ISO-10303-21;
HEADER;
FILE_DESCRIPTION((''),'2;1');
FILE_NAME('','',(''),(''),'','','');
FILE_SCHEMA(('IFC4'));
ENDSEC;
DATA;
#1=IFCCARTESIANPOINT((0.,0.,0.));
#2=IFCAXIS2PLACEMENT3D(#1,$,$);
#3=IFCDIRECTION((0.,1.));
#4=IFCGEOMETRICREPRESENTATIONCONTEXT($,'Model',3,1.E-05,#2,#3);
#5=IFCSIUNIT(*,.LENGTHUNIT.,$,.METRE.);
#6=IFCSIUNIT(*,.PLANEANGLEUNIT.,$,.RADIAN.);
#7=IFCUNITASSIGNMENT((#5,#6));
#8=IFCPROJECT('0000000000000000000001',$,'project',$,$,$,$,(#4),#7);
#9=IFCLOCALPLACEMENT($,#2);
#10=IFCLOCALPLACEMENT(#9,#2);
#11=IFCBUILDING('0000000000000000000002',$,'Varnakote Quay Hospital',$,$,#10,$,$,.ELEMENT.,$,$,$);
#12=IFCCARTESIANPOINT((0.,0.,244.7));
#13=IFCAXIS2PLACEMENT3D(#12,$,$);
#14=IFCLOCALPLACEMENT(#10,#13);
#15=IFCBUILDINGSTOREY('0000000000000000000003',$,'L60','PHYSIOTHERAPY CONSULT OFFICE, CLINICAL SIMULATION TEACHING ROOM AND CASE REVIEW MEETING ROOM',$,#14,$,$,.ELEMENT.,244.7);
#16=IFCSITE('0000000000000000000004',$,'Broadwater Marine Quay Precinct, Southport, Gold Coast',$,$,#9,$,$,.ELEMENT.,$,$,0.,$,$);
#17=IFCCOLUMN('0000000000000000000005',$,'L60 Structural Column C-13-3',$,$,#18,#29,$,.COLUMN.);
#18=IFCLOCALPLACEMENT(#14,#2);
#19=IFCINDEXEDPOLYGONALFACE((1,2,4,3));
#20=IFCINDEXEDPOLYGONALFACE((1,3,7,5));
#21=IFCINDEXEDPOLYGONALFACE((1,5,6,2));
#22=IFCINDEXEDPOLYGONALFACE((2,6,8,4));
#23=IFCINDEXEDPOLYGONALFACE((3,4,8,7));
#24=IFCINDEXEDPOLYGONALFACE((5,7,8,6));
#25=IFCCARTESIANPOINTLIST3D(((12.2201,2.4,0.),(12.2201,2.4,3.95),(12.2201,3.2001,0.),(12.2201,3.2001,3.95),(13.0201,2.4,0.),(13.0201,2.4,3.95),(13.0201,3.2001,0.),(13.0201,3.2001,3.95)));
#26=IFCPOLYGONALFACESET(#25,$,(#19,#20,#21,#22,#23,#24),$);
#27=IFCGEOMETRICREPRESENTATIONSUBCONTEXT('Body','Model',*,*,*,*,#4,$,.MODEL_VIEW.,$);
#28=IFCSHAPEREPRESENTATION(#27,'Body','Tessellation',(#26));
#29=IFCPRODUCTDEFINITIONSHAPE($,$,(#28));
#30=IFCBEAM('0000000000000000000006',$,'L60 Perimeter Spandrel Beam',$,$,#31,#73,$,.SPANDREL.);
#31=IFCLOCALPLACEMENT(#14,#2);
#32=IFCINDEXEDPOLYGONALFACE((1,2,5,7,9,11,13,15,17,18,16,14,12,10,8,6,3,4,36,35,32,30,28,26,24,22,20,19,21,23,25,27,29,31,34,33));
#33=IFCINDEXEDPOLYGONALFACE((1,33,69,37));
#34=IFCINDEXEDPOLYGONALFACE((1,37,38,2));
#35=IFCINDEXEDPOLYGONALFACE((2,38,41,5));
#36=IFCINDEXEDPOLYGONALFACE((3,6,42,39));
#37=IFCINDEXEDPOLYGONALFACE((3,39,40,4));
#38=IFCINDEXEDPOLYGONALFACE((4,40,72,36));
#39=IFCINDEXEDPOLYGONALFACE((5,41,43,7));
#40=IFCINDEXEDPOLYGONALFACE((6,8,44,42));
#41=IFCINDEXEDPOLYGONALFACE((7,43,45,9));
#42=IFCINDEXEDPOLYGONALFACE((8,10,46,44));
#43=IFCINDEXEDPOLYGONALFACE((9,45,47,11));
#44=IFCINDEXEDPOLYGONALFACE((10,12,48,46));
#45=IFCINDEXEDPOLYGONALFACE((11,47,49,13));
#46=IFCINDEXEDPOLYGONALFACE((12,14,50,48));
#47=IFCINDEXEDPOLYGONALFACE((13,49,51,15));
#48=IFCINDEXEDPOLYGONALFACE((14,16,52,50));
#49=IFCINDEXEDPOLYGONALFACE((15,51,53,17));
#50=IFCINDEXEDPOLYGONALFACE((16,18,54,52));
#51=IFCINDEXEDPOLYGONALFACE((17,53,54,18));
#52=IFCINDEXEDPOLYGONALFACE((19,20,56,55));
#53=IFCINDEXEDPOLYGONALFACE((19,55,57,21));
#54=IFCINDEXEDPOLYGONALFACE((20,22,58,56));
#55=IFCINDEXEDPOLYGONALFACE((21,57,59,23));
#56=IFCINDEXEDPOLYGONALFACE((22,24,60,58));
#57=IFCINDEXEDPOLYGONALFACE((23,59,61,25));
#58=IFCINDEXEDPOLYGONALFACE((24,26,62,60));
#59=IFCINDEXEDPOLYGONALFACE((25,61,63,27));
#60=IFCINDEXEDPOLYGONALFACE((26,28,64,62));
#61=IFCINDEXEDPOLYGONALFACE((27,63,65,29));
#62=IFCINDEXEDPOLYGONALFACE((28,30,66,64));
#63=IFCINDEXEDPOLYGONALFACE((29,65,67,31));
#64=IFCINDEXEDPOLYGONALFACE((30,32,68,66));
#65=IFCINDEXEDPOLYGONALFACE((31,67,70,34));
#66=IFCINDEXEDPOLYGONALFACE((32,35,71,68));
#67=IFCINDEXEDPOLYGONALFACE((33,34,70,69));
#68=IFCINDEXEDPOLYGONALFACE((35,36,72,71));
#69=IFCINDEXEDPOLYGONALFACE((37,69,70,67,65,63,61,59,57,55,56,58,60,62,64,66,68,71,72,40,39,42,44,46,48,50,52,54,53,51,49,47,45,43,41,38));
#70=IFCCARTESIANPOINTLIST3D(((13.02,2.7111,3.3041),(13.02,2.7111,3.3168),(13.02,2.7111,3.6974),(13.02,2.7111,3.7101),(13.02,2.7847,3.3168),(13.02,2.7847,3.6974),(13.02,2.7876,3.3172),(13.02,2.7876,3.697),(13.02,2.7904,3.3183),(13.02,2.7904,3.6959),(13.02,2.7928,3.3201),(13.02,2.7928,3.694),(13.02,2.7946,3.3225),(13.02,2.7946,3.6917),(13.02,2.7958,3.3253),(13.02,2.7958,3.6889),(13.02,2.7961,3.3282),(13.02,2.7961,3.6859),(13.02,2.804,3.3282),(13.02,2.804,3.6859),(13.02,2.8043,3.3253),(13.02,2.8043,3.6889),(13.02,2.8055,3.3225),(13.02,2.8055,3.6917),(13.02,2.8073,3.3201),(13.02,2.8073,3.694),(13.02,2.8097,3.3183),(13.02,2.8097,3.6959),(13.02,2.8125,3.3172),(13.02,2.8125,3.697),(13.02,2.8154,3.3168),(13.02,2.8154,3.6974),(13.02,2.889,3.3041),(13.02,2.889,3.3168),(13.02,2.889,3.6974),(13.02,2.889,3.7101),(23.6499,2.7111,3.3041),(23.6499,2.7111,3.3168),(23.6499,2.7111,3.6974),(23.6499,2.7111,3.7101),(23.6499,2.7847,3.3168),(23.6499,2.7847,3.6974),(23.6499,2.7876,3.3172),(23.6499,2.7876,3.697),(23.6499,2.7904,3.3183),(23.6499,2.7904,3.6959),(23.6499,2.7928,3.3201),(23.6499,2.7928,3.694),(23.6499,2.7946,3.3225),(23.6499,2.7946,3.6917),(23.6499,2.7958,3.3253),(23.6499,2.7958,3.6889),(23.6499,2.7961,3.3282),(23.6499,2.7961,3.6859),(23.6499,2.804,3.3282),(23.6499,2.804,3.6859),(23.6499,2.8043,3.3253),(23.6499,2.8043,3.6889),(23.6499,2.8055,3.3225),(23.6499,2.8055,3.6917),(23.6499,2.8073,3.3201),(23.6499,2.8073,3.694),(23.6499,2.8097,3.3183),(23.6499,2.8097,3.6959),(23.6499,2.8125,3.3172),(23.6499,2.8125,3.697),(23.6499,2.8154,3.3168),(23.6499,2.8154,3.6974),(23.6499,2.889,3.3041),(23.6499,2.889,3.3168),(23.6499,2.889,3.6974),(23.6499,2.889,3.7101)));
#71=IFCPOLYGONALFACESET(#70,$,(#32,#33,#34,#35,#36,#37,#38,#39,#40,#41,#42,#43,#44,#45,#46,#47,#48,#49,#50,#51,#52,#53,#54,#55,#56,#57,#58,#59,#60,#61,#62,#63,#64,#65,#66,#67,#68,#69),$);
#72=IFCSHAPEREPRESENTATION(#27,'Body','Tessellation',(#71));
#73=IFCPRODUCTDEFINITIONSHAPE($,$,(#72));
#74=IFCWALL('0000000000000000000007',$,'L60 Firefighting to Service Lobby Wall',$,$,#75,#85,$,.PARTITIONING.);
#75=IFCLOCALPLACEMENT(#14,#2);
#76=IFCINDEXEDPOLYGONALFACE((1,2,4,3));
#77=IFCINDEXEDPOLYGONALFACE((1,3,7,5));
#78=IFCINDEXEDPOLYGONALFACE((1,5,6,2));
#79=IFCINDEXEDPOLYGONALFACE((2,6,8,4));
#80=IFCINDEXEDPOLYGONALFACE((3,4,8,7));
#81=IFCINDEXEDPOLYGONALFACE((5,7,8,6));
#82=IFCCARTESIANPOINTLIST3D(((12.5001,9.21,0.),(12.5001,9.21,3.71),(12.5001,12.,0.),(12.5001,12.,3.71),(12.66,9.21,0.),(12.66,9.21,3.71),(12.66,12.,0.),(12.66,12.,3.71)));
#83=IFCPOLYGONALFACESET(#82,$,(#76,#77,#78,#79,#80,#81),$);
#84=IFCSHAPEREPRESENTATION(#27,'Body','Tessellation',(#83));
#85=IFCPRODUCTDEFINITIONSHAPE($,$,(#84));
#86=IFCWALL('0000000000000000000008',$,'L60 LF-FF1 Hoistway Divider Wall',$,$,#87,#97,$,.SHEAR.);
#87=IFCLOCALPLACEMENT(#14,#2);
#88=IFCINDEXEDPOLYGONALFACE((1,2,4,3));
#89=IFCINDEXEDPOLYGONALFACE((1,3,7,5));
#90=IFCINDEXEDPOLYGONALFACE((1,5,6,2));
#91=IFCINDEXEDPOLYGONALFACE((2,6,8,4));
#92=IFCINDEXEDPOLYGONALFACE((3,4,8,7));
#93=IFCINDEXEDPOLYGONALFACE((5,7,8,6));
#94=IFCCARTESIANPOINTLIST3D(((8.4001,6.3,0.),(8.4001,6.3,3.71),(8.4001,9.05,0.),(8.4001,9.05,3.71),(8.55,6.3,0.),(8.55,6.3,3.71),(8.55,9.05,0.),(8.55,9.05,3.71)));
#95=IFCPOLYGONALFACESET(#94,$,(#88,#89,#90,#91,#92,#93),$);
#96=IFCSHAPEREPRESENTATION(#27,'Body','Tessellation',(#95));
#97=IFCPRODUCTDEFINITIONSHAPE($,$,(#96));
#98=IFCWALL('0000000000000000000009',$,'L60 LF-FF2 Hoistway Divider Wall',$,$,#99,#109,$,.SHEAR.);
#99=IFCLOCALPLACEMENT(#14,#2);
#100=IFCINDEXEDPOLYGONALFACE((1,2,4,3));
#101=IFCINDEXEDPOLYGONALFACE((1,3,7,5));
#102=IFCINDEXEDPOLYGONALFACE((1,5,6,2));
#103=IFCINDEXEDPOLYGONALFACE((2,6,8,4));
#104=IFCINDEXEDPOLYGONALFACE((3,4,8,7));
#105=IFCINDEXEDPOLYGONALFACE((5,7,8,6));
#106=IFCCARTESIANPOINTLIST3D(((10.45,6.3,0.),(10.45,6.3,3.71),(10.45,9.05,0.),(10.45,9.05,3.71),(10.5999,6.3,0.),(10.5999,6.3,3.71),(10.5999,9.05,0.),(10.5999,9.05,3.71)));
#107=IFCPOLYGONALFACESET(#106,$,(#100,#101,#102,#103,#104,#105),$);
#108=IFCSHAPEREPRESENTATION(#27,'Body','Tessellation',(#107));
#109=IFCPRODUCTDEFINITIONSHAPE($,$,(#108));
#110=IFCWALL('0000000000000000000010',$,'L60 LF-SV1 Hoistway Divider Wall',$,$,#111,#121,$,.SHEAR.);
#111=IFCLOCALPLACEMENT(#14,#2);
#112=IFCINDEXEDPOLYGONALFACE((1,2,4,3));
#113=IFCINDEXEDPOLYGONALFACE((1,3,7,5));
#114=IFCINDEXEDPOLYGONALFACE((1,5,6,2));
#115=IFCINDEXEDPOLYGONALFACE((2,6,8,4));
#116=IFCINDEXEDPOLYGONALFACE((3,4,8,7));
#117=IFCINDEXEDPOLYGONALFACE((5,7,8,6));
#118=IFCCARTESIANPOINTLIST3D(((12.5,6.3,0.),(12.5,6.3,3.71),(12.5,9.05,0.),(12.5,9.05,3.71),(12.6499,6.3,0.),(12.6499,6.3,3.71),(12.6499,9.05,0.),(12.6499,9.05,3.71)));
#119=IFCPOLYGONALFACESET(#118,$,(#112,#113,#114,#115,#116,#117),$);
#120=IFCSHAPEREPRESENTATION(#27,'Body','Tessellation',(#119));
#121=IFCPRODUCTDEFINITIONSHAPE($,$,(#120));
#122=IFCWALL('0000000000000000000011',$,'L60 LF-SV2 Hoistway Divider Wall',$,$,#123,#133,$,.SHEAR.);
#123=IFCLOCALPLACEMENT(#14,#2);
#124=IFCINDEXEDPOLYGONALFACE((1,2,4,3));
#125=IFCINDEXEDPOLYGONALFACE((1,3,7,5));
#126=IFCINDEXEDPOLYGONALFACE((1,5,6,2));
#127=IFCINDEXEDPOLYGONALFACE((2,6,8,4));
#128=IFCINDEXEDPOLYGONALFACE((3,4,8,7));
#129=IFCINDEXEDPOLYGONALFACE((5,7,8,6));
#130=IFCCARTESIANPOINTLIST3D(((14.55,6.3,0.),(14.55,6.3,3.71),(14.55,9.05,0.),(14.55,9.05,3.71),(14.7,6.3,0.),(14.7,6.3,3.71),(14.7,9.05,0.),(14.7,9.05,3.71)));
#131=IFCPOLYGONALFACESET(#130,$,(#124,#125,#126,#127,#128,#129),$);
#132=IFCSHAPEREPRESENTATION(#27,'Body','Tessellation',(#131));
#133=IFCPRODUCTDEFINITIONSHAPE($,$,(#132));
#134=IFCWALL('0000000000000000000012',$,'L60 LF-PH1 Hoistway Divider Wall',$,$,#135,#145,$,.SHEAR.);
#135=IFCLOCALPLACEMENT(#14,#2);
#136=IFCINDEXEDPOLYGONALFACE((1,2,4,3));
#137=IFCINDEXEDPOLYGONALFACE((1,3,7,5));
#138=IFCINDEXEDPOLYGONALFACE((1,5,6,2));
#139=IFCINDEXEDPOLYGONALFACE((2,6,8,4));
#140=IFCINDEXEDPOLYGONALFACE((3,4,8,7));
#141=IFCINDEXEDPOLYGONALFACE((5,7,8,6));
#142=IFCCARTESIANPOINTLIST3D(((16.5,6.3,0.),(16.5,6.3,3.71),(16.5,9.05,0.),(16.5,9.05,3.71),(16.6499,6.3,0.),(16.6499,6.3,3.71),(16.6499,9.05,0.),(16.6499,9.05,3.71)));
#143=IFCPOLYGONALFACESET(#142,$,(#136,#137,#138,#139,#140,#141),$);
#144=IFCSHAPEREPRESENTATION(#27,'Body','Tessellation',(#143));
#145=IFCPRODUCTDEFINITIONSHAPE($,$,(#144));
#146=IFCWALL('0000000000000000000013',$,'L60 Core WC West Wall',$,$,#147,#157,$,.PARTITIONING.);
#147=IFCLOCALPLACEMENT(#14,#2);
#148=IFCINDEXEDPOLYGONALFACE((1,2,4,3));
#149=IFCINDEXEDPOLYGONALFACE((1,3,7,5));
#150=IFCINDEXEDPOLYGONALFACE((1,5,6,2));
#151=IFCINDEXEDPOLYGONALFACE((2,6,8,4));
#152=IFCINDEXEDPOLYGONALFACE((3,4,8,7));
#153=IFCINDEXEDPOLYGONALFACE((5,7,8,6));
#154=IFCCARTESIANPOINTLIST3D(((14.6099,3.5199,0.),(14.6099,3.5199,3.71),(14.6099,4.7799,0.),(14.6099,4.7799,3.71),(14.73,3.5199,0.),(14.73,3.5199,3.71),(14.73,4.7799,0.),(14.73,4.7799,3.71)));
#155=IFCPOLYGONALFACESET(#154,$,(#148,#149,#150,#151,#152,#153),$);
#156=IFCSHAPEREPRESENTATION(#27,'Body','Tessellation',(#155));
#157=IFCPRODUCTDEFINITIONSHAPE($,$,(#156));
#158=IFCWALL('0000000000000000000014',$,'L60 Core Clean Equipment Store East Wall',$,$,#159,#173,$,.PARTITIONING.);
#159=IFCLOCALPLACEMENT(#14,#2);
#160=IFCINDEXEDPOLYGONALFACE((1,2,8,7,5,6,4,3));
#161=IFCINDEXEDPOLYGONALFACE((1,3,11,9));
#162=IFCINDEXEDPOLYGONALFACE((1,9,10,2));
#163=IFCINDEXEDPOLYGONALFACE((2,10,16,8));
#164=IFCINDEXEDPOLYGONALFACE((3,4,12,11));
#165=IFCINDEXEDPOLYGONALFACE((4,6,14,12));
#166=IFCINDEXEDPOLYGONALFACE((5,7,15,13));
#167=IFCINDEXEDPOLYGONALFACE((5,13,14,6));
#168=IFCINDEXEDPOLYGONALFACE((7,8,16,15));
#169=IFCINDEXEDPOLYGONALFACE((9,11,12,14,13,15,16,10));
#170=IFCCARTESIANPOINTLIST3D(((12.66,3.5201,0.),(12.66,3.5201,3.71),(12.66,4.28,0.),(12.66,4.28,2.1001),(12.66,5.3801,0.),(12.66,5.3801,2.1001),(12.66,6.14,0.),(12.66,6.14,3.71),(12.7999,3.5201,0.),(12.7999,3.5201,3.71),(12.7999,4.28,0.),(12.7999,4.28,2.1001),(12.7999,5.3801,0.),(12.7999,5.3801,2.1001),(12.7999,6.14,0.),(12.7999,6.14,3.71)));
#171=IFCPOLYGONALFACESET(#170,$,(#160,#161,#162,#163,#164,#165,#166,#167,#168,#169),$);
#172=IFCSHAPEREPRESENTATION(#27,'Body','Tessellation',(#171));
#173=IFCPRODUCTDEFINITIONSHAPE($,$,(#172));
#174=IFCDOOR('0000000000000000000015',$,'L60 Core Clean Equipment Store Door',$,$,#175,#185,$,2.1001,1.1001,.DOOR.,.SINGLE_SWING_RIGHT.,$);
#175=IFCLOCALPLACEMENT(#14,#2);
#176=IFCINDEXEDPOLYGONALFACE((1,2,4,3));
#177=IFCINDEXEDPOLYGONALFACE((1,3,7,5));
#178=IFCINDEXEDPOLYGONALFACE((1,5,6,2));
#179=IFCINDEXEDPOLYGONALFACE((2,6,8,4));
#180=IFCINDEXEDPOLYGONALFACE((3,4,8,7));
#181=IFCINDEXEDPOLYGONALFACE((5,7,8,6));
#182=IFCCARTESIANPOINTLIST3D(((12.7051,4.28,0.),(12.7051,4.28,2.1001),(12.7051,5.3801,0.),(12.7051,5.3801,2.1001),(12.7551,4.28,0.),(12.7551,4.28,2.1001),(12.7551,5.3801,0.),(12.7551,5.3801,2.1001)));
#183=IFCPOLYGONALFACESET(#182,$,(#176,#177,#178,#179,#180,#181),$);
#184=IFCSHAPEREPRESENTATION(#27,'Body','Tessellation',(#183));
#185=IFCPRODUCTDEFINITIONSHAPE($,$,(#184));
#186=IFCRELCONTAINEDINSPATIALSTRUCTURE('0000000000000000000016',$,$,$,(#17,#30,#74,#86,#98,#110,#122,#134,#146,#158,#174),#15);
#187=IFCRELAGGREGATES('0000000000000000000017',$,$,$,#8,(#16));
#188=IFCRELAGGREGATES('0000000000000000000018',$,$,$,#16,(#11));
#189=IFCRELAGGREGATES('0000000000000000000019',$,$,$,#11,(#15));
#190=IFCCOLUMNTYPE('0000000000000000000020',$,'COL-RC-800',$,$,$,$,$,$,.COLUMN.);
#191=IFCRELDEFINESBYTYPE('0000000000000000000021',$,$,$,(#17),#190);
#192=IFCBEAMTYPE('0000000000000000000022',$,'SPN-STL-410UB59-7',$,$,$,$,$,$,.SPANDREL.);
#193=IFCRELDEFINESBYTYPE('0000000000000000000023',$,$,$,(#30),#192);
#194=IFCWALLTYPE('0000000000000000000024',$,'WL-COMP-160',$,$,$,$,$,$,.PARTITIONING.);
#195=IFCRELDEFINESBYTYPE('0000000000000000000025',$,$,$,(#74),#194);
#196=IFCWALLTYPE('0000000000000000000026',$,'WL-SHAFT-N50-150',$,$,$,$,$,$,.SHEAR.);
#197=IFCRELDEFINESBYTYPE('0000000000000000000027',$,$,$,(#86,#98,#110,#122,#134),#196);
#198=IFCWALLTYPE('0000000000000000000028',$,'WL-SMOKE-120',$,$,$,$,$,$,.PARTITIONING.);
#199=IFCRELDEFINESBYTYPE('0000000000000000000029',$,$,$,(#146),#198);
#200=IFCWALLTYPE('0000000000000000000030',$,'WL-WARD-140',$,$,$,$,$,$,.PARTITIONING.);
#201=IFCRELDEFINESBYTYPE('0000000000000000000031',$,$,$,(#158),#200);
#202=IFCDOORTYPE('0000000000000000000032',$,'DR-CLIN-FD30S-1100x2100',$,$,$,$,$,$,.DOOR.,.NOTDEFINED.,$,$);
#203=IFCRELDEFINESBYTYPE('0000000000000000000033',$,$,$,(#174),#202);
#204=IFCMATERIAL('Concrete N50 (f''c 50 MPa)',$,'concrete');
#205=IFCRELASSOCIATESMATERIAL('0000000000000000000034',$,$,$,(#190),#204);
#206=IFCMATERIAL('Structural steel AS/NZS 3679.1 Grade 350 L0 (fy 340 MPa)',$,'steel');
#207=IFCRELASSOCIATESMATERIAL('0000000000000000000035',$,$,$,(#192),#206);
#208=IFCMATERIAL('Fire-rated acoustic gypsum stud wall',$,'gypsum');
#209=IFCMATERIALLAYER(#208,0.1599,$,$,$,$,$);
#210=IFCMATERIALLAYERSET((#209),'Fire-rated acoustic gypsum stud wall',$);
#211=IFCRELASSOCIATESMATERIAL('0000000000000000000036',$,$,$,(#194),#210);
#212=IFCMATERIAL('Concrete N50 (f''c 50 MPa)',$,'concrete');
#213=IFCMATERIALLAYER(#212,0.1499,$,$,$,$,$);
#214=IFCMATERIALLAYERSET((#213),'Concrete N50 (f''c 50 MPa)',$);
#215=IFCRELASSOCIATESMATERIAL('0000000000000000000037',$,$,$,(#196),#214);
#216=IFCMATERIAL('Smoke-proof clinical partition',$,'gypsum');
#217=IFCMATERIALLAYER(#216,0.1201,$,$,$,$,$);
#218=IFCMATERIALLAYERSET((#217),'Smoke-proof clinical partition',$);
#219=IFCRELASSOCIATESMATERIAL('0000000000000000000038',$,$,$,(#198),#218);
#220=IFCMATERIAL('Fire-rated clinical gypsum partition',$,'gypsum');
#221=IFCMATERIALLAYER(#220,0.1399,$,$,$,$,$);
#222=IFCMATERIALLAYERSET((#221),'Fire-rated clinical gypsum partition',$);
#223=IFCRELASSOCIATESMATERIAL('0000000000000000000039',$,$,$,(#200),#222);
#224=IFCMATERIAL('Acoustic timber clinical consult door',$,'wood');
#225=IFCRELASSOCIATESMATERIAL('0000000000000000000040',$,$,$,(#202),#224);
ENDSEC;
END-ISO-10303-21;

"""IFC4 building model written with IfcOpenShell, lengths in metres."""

from ifc_helpers import new_model, si_unit, direction, frame, frame_2d, origin, origin_2d, place, context, subcontext, project, spatial, rectangle, i_section, extrude, material, layer, layer_set, material_profile, profile_set, type_object, element, fill, save


model = new_model("IFC4")

# Units and contexts
model_context = context("Model", 3, precision=1e-05, world=origin(), true_north=direction((0.0, 1.0)))
body_context = subcontext(model_context, "Body", "Model", "MODEL_VIEW")
ifc_project = project(units=[si_unit("LENGTHUNIT", "METRE"), si_unit("PLANEANGLEUNIT", "RADIAN")], contexts=[model_context])

# Site, building, storey
site_placement = place(None, origin())
site = spatial("IfcSite", under=ifc_project, at=site_placement, Name="Broadwater Marine Quay Precinct, Southport, Gold Coast", CompositionType="ELEMENT", RefElevation=0.0)
building_placement = place(site_placement, origin())
building = spatial("IfcBuilding", under=site, at=building_placement, Name="Varnakote Quay Hospital", CompositionType="ELEMENT")
storey_placement = place(building_placement, frame((0.0, 0.0, 244.7)))
storey = spatial("IfcBuildingStorey", under=building, at=storey_placement, Name="L60", Description="PHYSIOTHERAPY CONSULT OFFICE, CLINICAL SIMULATION TEACHING ROOM AND CASE REVIEW MEETING ROOM", CompositionType="ELEMENT", Elevation=244.7)

# Column
ifc_material_1 = material(Name="Concrete N50 (f'c 50 MPa)", Category="concrete")
ifc_material_profile_1 = material_profile(ifc_material_1, rectangle(XDim=0.8, YDim=0.8, at=origin_2d()), Name="RC-COL-800x800")
ifc_profile_set_1 = profile_set([ifc_material_profile_1], Name="Concrete N50 (f'c 50 MPa)")
column_type = type_object("IfcColumnType", Name="COL-RC-800", PredefinedType="COLUMN", material=ifc_profile_set_1)
column_placement = place(storey_placement, frame((12.6201, 2.8, 0.0), z_axis=(0.0, 0.0, 1.0), x_axis=(1.0, 0.0, 0.0)))
element("IfcColumn", 1, at=column_placement, inside=storey, type_object=column_type, Name="L60 Structural Column C-13-3", PredefinedType="COLUMN", context=body_context, shape_type="SweptSolid", body=[
    extrude(rectangle(XDim=0.8, YDim=0.8, at=origin_2d()), origin(), (0.0, 0.0, 1.0), 3.95),
])

# Beam
ifc_material_2 = material(Name="Structural steel AS/NZS 3679.1 Grade 350 L0 (fy 340 MPa)", Category="steel")
ifc_material_profile_2 = material_profile(ifc_material_2, i_section(OverallWidth=0.178, OverallDepth=0.406, WebThickness=0.0078, FlangeThickness=0.0127, FilletRadius=0.0115, at=origin_2d()), Name="410UB59.7")
ifc_profile_set_2 = profile_set([ifc_material_profile_2], Name="Structural steel AS/NZS 3679.1 Grade 350 L0 (fy 340 MPa)")
beam_type = type_object("IfcBeamType", Name="SPN-STL-410UB59-7", PredefinedType="SPANDREL", material=ifc_profile_set_2)
beam_placement = place(storey_placement, frame((13.02, 2.8, 3.5071), z_axis=(1.0, 0.0, 0.0), x_axis=(0.0, 1.0, 0.0)))
element("IfcBeam", 2, at=beam_placement, inside=storey, type_object=beam_type, Name="L60 Perimeter Spandrel Beam", PredefinedType="SPANDREL", context=body_context, shape_type="SweptSolid", body=[
    extrude(i_section(OverallWidth=0.178, OverallDepth=0.406, WebThickness=0.0078, FlangeThickness=0.0127, FilletRadius=0.0115, at=origin_2d()), origin(), (0.0, 0.0, 1.0), 10.6299),
])

# Walls
ifc_material_3 = material(Name="Fire-rated acoustic gypsum stud wall", Category="gypsum")
ifc_layer_1 = layer(ifc_material_3, 0.1599)
ifc_layer_set_1 = layer_set([ifc_layer_1], Name="Fire-rated acoustic gypsum stud wall")
wall_type_1 = type_object("IfcWallType", Name="WL-COMP-160", PredefinedType="PARTITIONING", material=ifc_layer_set_1)
wall_1_placement = place(storey_placement, frame((12.5801, 9.21, 0.0), z_axis=(0.0, 0.0, 1.0), x_axis=(0.0, 1.0, 0.0)))
element("IfcWall", 3, at=wall_1_placement, inside=storey, type_object=wall_type_1, Name="L60 Firefighting to Service Lobby Wall", PredefinedType="PARTITIONING", context=body_context, shape_type="SweptSolid", body=[
    extrude(rectangle(XDim=2.79, YDim=0.1599, at=frame_2d((1.395, 0.0))), origin(), (0.0, 0.0, 1.0), 3.71),
])
ifc_material_4 = material(Name="Concrete N50 (f'c 50 MPa)", Category="concrete")
ifc_layer_2 = layer(ifc_material_4, 0.1499)
ifc_layer_set_2 = layer_set([ifc_layer_2], Name="Concrete N50 (f'c 50 MPa)")
wall_type_2 = type_object("IfcWallType", Name="WL-SHAFT-N50-150", PredefinedType="SHEAR", material=ifc_layer_set_2)
for number, where, z_axis, x_axis, name in (
    (4, (8.4751, 6.3, 0.0), (0.0, 0.0, 1.0), (0.0, 1.0, 0.0), "L60 LF-FF1 Hoistway Divider Wall"),
    (5, (10.5249, 6.3, 0.0), (0.0, 0.0, 1.0), (0.0, 1.0, 0.0), "L60 LF-FF2 Hoistway Divider Wall"),
    (6, (12.575, 6.3, 0.0), (0.0, 0.0, 1.0), (0.0, 1.0, 0.0), "L60 LF-SV1 Hoistway Divider Wall"),
    (7, (14.625, 6.3, 0.0), (0.0, 0.0, 1.0), (0.0, 1.0, 0.0), "L60 LF-SV2 Hoistway Divider Wall"),
    (8, (16.575, 6.3, 0.0), (0.0, 0.0, 1.0), (0.0, 1.0, 0.0), "L60 LF-PH1 Hoistway Divider Wall"),
):
    element("IfcWall", number, at=place(storey_placement, frame(where, z_axis=z_axis, x_axis=x_axis)), inside=storey, type_object=wall_type_2, Name=name, PredefinedType="SHEAR", context=body_context, shape_type="SweptSolid", body=[
        extrude(rectangle(XDim=2.75, YDim=0.1499, at=frame_2d((1.375, 0.0))), origin(), (0.0, 0.0, 1.0), 3.71),
    ])

# Wall
ifc_material_5 = material(Name="Smoke-proof clinical partition", Category="gypsum")
ifc_layer_3 = layer(ifc_material_5, 0.1201)
ifc_layer_set_3 = layer_set([ifc_layer_3], Name="Smoke-proof clinical partition")
wall_type_3 = type_object("IfcWallType", Name="WL-SMOKE-120", PredefinedType="PARTITIONING", material=ifc_layer_set_3)
wall_2_placement = place(storey_placement, frame((14.6699, 3.52, 0.0), z_axis=(0.0, 0.0, 1.0), x_axis=(0.0, 1.0, 0.0)))
element("IfcWall", 9, at=wall_2_placement, inside=storey, type_object=wall_type_3, Name="L60 Core WC West Wall", PredefinedType="PARTITIONING", context=body_context, shape_type="SweptSolid", body=[
    extrude(rectangle(XDim=1.26, YDim=0.1201, at=frame_2d((0.6299, 0.0))), origin(), (0.0, 0.0, 1.0), 3.71),
])

# Wall, opening, door
ifc_material_6 = material(Name="Fire-rated clinical gypsum partition", Category="gypsum")
ifc_layer_4 = layer(ifc_material_6, 0.1399)
ifc_layer_set_4 = layer_set([ifc_layer_4], Name="Fire-rated clinical gypsum partition")
wall_type_4 = type_object("IfcWallType", Name="WL-WARD-140", PredefinedType="PARTITIONING", material=ifc_layer_set_4)
wall_3_placement = place(storey_placement, frame((12.73, 3.52, 0.0), z_axis=(0.0, 0.0, 1.0), x_axis=(0.0, 1.0, 0.0)))
wall_3 = element("IfcWall", 10, at=wall_3_placement, inside=storey, type_object=wall_type_4, Name="L60 Core Clean Equipment Store East Wall", PredefinedType="PARTITIONING", context=body_context, shape_type="SweptSolid", body=[
    extrude(rectangle(XDim=2.6199, YDim=0.1399, at=frame_2d((1.3101, 0.0))), origin(), (0.0, 0.0, 1.0), 3.71),
])
opening_1_placement = place(wall_3_placement, frame((0.76, 0.0, 0.0)))
opening_1 = element("IfcOpeningElement", 11, at=opening_1_placement, cuts=wall_3, PredefinedType="OPENING", context=body_context, shape_type="SweptSolid", body=[
    extrude(rectangle(XDim=1.1001, YDim=2.1001, at=frame_2d((0.55, 1.05))), frame((0.0, 0.0798, 0.0), z_axis=(0.0, -1.0, 0.0), x_axis=(1.0, 0.0, 0.0)), (0.0, 0.0, 1.0), 0.1599),
])
ifc_material_7 = material(Name="Acoustic timber clinical consult door", Category="wood")
door_type_1 = type_object("IfcDoorType", Name="DR-CLIN-FD30S-1100x2100", OperationType="NOTDEFINED", PredefinedType="DOOR", material=ifc_material_7)
door_1_placement = place(opening_1_placement, origin())
door_1 = element("IfcDoor", 12, at=door_1_placement, inside=storey, type_object=door_type_1, Name="L60 Core Clean Equipment Store Door", OperationType="SINGLE_SWING_RIGHT", OverallHeight=2.1001, OverallWidth=1.1001, PredefinedType="DOOR", context=body_context, shape_type="SweptSolid", body=[
    extrude(rectangle(XDim=1.1001, YDim=2.1001, at=frame_2d((0.55, 1.05))), frame((0.0, 0.0249, 0.0), z_axis=(0.0, -1.0, 0.0), x_axis=(1.0, 0.0, 0.0)), (0.0, 0.0, 1.0), 0.05),
])
fill(opening_1, door_1)

save(model, "model.ifc")
